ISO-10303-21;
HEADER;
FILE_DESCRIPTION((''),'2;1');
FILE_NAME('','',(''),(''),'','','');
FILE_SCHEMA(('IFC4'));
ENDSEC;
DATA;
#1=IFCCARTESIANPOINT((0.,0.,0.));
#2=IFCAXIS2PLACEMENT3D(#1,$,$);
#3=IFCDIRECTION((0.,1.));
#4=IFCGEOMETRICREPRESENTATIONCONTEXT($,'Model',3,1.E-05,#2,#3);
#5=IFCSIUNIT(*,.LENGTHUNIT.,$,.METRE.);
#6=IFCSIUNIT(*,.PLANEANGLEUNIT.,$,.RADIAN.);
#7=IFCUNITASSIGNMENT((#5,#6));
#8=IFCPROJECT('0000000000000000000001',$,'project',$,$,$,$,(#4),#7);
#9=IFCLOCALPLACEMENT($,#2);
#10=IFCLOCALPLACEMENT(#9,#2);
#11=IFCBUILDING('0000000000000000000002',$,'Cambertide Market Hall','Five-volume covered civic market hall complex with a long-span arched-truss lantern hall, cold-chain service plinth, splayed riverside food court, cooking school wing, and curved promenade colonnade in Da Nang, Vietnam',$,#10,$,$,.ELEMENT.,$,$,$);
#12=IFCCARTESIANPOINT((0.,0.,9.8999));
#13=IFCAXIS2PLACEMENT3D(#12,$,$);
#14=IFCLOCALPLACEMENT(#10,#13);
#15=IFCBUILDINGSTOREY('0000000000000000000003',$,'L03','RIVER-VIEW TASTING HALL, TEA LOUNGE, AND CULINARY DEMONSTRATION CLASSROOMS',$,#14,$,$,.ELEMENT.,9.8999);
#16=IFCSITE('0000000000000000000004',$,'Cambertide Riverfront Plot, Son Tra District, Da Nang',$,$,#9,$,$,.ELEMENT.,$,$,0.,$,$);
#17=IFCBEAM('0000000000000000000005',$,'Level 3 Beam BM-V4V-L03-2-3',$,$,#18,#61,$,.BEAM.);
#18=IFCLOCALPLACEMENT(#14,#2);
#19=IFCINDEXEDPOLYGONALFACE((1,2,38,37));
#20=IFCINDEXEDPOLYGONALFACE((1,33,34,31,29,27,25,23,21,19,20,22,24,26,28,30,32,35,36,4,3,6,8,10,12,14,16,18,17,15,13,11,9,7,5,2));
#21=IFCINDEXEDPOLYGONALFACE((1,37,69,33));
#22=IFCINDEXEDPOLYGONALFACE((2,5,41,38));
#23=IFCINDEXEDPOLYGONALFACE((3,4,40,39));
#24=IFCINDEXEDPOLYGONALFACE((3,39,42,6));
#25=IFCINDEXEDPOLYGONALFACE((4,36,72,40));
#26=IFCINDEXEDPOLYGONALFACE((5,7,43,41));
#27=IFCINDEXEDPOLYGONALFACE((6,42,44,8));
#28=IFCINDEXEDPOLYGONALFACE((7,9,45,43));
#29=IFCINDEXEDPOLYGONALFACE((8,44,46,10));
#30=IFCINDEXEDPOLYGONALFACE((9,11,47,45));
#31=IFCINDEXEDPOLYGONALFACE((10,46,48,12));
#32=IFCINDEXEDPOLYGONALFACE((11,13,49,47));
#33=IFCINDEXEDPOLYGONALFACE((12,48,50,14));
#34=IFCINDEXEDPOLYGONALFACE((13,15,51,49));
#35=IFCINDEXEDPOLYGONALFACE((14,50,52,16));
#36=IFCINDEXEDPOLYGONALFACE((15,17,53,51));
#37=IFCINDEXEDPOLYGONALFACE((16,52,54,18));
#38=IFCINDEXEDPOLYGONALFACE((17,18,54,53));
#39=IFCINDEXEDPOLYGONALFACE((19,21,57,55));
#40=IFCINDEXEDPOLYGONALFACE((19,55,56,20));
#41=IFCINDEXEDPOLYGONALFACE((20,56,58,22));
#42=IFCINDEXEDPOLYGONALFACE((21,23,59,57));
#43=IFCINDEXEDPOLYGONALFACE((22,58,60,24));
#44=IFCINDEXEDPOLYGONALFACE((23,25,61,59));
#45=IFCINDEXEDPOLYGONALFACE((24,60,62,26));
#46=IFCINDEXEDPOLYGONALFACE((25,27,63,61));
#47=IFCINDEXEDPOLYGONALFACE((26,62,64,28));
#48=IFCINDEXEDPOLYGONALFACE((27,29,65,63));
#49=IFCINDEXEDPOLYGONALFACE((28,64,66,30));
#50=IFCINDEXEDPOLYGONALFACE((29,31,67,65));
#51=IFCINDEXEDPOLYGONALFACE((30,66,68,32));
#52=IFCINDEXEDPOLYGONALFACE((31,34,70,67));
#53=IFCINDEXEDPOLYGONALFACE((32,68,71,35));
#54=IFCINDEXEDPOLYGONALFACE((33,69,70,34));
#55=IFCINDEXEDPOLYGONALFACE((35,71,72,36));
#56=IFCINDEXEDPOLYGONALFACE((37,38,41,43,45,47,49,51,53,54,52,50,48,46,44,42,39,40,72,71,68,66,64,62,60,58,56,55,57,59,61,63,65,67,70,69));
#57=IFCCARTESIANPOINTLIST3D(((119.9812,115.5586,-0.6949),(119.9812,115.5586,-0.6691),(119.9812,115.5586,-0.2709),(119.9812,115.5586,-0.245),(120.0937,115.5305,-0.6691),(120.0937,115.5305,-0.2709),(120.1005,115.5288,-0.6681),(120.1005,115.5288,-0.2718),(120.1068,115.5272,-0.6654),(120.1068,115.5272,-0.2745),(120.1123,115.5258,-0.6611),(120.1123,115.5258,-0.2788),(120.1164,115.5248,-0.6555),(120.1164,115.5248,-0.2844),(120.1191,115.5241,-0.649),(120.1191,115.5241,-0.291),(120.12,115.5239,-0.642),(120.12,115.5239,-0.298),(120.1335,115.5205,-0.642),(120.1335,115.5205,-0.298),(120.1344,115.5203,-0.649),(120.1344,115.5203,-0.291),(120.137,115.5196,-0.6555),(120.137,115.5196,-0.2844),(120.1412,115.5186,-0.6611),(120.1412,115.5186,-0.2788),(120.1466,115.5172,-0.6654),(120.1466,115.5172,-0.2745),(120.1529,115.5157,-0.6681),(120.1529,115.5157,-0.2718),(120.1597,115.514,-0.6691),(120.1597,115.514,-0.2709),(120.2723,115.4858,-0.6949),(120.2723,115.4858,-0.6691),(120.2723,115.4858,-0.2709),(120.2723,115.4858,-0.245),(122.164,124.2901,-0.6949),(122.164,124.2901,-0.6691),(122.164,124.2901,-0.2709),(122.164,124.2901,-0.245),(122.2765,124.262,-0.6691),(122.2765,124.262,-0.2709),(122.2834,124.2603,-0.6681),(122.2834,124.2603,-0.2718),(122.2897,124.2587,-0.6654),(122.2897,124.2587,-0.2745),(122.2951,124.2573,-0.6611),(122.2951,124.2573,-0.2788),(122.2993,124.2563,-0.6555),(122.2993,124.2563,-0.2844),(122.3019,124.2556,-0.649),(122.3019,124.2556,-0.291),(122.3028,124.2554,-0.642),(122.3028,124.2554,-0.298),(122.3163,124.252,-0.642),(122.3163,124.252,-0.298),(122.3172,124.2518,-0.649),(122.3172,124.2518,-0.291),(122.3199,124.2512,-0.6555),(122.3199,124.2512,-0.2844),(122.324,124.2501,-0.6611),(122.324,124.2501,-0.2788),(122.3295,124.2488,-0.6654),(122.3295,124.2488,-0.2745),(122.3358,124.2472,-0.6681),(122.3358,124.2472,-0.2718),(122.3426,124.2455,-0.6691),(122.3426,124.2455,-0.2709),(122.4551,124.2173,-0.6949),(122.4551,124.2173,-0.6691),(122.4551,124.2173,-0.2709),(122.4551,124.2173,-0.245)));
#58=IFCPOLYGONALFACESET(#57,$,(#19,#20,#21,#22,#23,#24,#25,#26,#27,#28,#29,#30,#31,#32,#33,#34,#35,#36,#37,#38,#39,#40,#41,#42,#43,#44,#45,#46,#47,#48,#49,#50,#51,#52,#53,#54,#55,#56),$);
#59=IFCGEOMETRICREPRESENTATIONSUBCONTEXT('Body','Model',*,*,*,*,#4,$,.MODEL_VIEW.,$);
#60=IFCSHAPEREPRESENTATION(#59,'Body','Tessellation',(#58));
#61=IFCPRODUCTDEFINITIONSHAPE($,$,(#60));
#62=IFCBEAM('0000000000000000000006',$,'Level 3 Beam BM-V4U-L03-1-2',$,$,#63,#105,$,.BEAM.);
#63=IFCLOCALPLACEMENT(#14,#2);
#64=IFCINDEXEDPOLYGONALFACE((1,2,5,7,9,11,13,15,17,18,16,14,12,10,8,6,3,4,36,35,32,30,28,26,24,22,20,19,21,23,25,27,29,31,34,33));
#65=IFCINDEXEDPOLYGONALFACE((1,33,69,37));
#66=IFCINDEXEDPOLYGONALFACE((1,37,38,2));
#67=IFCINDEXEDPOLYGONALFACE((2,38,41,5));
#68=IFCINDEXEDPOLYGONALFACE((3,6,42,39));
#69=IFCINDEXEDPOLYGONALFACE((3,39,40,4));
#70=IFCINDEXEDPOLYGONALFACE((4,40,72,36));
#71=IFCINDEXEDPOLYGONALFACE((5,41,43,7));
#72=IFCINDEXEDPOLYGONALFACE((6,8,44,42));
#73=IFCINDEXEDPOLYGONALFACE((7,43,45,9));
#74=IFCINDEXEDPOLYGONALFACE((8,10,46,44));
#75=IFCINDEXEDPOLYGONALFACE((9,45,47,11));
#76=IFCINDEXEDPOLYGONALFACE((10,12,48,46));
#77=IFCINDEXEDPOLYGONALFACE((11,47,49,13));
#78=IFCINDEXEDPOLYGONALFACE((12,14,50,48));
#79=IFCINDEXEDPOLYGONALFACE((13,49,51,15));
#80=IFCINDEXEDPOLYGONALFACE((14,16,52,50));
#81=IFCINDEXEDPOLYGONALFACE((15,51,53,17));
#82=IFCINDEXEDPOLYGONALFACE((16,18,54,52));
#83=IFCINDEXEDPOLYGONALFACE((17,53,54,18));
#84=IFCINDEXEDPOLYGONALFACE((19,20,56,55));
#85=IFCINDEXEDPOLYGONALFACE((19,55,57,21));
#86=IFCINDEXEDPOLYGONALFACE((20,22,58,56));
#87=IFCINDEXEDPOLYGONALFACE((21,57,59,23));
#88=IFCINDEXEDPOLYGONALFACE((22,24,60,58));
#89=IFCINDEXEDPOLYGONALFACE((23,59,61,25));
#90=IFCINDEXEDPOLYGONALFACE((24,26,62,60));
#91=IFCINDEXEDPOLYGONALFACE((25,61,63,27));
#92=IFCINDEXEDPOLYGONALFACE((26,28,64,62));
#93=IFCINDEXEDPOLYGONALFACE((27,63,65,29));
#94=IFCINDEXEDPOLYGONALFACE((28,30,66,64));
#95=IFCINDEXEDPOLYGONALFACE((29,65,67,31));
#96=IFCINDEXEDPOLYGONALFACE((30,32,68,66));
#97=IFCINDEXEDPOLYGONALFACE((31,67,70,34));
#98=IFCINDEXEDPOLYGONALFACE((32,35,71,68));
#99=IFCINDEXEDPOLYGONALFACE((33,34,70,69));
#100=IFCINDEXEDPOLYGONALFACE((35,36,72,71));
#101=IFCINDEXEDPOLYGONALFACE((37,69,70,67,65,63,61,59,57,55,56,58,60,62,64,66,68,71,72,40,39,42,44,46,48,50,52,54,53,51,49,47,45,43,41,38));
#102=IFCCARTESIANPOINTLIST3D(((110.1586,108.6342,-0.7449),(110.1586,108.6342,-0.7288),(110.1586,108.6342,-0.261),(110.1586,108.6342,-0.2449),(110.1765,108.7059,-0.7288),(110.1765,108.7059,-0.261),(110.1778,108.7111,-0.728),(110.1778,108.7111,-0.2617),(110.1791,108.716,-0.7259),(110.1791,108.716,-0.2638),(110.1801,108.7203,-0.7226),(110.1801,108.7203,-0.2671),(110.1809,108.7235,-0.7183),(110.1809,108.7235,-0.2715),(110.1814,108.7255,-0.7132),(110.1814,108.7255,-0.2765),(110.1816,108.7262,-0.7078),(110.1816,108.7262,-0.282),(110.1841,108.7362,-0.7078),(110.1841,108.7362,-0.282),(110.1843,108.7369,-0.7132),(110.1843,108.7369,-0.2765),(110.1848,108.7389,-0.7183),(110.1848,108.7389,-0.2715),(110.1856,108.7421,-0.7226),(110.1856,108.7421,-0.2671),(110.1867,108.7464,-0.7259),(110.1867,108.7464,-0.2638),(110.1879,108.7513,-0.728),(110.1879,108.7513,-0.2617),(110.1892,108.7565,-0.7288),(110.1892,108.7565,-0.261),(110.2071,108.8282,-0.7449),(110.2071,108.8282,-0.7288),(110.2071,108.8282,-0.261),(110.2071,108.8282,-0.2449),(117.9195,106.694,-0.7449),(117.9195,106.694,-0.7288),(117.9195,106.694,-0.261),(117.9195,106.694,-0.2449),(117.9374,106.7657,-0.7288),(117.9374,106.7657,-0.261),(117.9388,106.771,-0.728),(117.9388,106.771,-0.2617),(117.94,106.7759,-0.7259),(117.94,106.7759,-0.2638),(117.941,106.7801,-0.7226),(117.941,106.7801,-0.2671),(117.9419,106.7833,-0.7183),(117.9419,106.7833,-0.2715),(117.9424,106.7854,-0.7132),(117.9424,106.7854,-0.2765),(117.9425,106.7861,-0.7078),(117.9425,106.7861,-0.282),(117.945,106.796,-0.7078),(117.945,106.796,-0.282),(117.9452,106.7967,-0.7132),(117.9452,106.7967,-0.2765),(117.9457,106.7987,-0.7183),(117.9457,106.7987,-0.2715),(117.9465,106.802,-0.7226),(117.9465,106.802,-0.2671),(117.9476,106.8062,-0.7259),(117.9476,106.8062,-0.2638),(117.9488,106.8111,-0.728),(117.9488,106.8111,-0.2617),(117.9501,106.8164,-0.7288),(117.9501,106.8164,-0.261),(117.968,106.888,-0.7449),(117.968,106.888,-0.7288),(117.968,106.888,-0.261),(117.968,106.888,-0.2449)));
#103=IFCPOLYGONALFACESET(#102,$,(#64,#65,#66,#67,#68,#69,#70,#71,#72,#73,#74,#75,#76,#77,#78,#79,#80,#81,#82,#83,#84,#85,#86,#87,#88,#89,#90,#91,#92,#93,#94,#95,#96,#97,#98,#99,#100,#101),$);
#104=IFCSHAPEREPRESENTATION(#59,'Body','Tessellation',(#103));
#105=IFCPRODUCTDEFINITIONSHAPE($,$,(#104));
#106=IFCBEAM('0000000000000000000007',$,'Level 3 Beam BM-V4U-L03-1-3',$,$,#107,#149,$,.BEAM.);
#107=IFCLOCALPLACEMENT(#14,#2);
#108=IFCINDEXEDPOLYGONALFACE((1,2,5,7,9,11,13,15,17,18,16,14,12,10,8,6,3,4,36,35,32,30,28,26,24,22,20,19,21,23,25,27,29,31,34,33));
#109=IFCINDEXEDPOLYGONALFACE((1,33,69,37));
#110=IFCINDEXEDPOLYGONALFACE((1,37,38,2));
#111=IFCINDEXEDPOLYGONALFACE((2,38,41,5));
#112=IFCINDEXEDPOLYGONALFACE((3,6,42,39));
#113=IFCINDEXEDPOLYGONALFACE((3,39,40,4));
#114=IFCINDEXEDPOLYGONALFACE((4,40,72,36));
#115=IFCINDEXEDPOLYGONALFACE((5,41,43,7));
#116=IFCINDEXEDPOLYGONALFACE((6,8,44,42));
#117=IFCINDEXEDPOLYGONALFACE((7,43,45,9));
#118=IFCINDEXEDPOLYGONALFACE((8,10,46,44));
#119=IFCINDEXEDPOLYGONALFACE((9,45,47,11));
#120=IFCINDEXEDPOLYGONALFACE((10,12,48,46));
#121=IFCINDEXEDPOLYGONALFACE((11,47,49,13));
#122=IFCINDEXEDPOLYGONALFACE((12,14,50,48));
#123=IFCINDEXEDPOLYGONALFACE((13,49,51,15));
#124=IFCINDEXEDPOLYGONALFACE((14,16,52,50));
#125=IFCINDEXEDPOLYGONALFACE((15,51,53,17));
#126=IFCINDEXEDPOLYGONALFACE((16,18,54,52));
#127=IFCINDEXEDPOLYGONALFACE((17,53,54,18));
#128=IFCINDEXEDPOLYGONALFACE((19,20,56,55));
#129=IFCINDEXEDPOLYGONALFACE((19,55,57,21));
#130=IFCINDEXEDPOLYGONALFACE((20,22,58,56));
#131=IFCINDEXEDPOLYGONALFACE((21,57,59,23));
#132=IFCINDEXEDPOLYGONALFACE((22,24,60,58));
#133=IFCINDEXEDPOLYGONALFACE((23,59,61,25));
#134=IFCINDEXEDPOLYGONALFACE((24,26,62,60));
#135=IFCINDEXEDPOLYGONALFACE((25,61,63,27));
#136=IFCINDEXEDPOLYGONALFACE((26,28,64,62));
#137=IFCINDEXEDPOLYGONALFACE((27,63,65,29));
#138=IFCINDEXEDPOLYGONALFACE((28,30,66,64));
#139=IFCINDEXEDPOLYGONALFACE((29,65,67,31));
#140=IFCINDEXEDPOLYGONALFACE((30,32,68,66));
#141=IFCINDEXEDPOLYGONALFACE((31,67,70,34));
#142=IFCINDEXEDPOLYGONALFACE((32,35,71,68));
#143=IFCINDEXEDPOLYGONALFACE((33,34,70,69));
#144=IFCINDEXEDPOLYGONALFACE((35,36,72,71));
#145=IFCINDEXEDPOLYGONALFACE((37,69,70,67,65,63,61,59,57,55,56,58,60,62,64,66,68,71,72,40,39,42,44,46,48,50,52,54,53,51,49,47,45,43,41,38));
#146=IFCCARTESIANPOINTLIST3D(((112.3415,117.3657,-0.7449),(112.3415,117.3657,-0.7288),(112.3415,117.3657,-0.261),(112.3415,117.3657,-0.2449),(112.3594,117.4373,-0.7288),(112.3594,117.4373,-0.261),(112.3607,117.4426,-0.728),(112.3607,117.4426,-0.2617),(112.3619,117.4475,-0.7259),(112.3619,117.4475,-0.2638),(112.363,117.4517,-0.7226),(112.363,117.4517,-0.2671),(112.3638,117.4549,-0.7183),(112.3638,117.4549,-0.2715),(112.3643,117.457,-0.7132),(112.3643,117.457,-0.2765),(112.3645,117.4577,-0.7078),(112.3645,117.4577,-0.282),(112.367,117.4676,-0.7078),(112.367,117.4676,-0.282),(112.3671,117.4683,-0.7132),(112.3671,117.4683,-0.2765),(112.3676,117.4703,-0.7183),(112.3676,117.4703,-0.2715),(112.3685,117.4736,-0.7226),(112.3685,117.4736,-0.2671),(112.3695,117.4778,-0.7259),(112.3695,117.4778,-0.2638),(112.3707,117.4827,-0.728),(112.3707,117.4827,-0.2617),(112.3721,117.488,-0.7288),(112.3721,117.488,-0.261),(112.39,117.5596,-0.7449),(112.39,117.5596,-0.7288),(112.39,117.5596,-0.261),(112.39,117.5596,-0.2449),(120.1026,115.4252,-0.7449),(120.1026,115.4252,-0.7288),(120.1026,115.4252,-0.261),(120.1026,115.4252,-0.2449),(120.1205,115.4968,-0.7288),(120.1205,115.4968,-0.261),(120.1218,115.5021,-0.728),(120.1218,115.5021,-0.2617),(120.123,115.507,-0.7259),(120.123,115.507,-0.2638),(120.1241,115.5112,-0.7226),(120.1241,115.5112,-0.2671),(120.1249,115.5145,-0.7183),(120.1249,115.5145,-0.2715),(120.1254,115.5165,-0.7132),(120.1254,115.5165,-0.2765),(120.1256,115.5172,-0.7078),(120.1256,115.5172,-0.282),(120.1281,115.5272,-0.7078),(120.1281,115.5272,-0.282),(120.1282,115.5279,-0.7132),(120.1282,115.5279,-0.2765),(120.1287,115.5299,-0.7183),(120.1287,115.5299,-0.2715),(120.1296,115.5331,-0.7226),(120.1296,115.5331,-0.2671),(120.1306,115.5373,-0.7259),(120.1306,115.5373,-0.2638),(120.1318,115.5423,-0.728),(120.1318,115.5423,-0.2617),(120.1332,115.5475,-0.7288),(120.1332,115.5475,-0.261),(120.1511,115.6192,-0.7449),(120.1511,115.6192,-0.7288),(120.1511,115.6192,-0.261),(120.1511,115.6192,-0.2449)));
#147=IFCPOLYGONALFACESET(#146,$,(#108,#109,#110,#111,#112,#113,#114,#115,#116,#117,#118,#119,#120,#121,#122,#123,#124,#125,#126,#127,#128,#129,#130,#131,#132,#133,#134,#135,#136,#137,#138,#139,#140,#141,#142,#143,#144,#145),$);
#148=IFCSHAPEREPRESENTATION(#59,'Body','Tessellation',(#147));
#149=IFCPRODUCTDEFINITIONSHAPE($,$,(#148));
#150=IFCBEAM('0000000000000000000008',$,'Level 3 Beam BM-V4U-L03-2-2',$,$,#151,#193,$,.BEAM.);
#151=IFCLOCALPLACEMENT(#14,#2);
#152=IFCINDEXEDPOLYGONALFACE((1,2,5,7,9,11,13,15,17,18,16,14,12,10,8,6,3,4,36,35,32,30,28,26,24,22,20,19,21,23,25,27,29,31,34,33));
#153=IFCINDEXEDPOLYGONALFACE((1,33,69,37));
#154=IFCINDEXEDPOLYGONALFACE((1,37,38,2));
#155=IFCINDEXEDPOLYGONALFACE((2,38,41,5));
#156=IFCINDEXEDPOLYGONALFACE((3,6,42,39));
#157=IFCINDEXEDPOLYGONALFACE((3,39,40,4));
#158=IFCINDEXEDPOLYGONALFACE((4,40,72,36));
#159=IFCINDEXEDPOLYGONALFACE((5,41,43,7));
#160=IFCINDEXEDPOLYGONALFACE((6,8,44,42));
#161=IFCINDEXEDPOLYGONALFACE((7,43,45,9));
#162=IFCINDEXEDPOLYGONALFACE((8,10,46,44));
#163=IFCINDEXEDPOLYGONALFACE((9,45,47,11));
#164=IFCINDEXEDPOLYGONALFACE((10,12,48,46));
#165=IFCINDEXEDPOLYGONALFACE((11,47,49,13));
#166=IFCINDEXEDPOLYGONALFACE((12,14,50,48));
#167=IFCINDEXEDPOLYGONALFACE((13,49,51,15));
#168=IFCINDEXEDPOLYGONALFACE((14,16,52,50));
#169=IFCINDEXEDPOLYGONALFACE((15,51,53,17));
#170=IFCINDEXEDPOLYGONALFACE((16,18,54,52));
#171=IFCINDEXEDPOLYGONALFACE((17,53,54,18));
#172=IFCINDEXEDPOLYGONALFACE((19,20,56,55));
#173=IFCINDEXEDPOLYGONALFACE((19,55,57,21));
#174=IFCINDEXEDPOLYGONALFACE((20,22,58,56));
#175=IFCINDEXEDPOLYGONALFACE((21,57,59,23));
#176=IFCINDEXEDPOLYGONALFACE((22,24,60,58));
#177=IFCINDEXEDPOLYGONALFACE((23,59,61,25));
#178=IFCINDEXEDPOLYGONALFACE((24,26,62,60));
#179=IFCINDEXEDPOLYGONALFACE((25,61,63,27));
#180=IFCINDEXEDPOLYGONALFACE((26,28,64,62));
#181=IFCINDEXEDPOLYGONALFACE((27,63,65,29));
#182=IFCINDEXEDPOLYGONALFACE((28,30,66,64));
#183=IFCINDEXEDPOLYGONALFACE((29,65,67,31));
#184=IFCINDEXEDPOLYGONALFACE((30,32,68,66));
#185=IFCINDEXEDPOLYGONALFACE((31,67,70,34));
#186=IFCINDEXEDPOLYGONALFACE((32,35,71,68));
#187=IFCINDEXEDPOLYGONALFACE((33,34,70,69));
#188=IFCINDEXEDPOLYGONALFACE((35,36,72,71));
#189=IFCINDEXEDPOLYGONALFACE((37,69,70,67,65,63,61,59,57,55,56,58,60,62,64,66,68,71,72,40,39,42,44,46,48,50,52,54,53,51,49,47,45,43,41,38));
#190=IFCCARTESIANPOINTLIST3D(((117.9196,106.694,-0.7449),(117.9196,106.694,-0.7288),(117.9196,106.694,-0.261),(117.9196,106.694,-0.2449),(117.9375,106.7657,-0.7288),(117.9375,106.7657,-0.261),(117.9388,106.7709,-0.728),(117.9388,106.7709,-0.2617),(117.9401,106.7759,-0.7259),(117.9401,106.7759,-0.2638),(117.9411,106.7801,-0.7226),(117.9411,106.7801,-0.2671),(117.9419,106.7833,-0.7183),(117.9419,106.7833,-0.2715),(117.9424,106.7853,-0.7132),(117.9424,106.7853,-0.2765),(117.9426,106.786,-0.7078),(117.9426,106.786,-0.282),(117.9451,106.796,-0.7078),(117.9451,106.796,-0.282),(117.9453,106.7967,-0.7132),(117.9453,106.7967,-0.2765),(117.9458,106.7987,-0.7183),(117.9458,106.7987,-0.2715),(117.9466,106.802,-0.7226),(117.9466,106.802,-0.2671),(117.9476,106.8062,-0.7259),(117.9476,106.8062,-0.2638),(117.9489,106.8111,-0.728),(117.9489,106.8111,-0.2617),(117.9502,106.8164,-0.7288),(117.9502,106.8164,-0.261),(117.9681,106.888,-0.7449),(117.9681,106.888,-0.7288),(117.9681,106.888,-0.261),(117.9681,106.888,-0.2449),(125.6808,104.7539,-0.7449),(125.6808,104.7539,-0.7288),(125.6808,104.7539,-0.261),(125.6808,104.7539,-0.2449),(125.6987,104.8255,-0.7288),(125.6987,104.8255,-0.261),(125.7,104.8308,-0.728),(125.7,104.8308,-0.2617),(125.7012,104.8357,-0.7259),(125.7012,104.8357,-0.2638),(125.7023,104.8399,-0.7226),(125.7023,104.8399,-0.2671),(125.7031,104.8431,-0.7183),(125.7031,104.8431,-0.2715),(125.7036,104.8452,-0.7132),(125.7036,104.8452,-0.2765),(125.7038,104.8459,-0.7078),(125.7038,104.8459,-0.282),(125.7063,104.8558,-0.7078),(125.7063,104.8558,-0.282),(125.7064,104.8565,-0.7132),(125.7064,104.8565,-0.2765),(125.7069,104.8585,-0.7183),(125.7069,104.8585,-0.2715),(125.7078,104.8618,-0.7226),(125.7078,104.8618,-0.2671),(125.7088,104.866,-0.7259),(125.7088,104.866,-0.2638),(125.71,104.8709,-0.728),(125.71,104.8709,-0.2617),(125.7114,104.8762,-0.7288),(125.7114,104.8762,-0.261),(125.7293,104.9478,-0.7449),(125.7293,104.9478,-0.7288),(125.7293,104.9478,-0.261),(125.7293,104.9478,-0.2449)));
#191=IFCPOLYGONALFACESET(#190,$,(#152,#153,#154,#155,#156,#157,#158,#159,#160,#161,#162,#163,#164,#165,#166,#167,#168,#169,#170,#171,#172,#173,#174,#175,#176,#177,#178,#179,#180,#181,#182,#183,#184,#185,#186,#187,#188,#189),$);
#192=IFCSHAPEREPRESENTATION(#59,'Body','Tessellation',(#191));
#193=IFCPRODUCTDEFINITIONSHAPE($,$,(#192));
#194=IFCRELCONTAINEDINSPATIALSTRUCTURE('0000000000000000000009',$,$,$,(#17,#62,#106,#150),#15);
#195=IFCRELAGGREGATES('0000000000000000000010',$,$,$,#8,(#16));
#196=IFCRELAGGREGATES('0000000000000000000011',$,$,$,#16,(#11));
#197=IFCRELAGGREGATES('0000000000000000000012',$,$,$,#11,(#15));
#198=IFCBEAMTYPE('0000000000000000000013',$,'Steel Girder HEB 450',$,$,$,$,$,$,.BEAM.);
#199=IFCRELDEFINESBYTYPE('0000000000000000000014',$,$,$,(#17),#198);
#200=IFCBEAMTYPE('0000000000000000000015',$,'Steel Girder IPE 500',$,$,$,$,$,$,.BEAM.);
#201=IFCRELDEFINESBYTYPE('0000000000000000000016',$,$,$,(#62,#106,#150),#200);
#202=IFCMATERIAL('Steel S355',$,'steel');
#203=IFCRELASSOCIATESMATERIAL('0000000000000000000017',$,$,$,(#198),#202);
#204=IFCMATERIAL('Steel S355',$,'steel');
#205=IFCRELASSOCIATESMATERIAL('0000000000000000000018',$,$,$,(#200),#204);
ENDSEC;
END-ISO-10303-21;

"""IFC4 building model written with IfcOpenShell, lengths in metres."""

from ifc_helpers import new_model, si_unit, direction, frame, origin, origin_2d, place, context, subcontext, project, spatial, i_section, extrude, material, material_profile, profile_set, type_object, element, save


model = new_model("IFC4")

# Units and contexts
model_context = context("Model", 3, precision=1e-05, world=origin(), true_north=direction((0.0, 1.0)))
body_context = subcontext(model_context, "Body", "Model", "MODEL_VIEW")
ifc_project = project(units=[si_unit("LENGTHUNIT", "METRE"), si_unit("PLANEANGLEUNIT", "RADIAN")], contexts=[model_context])

# Site, building, storey
site_placement = place(None, origin())
site = spatial("IfcSite", under=ifc_project, at=site_placement, Name="Cambertide Riverfront Plot, Son Tra District, Da Nang", CompositionType="ELEMENT", RefElevation=0.0)
building_placement = place(site_placement, origin())
building = spatial("IfcBuilding", under=site, at=building_placement, Name="Cambertide Market Hall", Description="Five-volume covered civic market hall complex with a long-span arched-truss lantern hall, cold-chain service plinth, splayed riverside food court, cooking school wing, and curved promenade colonnade in Da Nang, Vietnam", CompositionType="ELEMENT")
storey_placement = place(building_placement, frame((0.0, 0.0, 9.8999)))
storey = spatial("IfcBuildingStorey", under=building, at=storey_placement, Name="L03", Description="RIVER-VIEW TASTING HALL, TEA LOUNGE, AND CULINARY DEMONSTRATION CLASSROOMS", CompositionType="ELEMENT", Elevation=9.8999)

# Beams
ifc_material_1 = material(Name="Steel S355", Category="steel")
ifc_material_profile_1 = material_profile(ifc_material_1, i_section(OverallWidth=0.3, OverallDepth=0.45, WebThickness=0.0139, FlangeThickness=0.0259, FilletRadius=0.0271, at=origin_2d()), Name="HEB 450")
ifc_profile_set_1 = profile_set([ifc_material_profile_1], Name="Steel S355")
beam_type_1 = type_object("IfcBeamType", Name="Steel Girder HEB 450", PredefinedType="BEAM", material=ifc_profile_set_1)
beam_1_placement = place(storey_placement, frame((120.1267, 115.5222, -0.47), z_axis=(0.242536, 0.970143, 0.0), x_axis=(-0.970143, 0.242536, 0.0)))
element("IfcBeam", 1, at=beam_1_placement, inside=storey, type_object=beam_type_1, Name="Level 3 Beam BM-V4V-L03-2-3", PredefinedType="BEAM", context=body_context, shape_type="SweptSolid", body=[
    extrude(i_section(OverallWidth=0.3, OverallDepth=0.45, WebThickness=0.0139, FlangeThickness=0.0259, FilletRadius=0.0271, at=origin_2d()), origin(), (0.0, 0.0, 1.0), 9.0002),
])
ifc_material_2 = material(Name="Steel S355", Category="steel")
ifc_material_profile_2 = material_profile(ifc_material_2, i_section(OverallWidth=0.2, OverallDepth=0.5, WebThickness=0.0103, FlangeThickness=0.0161, FilletRadius=0.021, at=origin_2d()), Name="IPE 500")
ifc_profile_set_2 = profile_set([ifc_material_profile_2], Name="Steel S355")
beam_type_2 = type_object("IfcBeamType", Name="Steel Girder IPE 500", PredefinedType="BEAM", material=ifc_profile_set_2)
beam_2_placement = place(storey_placement, frame((110.1829, 108.7312, -0.4949), z_axis=(0.970144, -0.242528, 0.0), x_axis=(0.242528, 0.970144, 0.0)))
element("IfcBeam", 2, at=beam_2_placement, inside=storey, type_object=beam_type_2, Name="Level 3 Beam BM-V4U-L03-1-2", PredefinedType="BEAM", context=body_context, shape_type="SweptSolid", body=[
    extrude(i_section(OverallWidth=0.2, OverallDepth=0.5, WebThickness=0.0103, FlangeThickness=0.0161, FilletRadius=0.021, at=origin_2d()), origin(), (0.0, 0.0, 1.0), 7.9998),
])
for number, where, z_axis, x_axis, name in (
    (3, (112.3657, 117.4626, -0.4949), (0.970137, -0.242557, 0.0), (0.242557, 0.970137, 0.0), "Level 3 Beam BM-V4U-L03-1-3"),
    (4, (117.9438, 106.791, -0.4949), (0.970146, -0.242521, 0.0), (0.242521, 0.970146, 0.0), "Level 3 Beam BM-V4U-L03-2-2"),
):
    element("IfcBeam", number, at=place(storey_placement, frame(where, z_axis=z_axis, x_axis=x_axis)), inside=storey, type_object=beam_type_2, Name=name, PredefinedType="BEAM", context=body_context, shape_type="SweptSolid", body=[
        extrude(i_section(OverallWidth=0.2, OverallDepth=0.5, WebThickness=0.0103, FlangeThickness=0.0161, FilletRadius=0.021, at=origin_2d()), origin(), (0.0, 0.0, 1.0), 8.0),
    ])

save(model, "model.ifc")
